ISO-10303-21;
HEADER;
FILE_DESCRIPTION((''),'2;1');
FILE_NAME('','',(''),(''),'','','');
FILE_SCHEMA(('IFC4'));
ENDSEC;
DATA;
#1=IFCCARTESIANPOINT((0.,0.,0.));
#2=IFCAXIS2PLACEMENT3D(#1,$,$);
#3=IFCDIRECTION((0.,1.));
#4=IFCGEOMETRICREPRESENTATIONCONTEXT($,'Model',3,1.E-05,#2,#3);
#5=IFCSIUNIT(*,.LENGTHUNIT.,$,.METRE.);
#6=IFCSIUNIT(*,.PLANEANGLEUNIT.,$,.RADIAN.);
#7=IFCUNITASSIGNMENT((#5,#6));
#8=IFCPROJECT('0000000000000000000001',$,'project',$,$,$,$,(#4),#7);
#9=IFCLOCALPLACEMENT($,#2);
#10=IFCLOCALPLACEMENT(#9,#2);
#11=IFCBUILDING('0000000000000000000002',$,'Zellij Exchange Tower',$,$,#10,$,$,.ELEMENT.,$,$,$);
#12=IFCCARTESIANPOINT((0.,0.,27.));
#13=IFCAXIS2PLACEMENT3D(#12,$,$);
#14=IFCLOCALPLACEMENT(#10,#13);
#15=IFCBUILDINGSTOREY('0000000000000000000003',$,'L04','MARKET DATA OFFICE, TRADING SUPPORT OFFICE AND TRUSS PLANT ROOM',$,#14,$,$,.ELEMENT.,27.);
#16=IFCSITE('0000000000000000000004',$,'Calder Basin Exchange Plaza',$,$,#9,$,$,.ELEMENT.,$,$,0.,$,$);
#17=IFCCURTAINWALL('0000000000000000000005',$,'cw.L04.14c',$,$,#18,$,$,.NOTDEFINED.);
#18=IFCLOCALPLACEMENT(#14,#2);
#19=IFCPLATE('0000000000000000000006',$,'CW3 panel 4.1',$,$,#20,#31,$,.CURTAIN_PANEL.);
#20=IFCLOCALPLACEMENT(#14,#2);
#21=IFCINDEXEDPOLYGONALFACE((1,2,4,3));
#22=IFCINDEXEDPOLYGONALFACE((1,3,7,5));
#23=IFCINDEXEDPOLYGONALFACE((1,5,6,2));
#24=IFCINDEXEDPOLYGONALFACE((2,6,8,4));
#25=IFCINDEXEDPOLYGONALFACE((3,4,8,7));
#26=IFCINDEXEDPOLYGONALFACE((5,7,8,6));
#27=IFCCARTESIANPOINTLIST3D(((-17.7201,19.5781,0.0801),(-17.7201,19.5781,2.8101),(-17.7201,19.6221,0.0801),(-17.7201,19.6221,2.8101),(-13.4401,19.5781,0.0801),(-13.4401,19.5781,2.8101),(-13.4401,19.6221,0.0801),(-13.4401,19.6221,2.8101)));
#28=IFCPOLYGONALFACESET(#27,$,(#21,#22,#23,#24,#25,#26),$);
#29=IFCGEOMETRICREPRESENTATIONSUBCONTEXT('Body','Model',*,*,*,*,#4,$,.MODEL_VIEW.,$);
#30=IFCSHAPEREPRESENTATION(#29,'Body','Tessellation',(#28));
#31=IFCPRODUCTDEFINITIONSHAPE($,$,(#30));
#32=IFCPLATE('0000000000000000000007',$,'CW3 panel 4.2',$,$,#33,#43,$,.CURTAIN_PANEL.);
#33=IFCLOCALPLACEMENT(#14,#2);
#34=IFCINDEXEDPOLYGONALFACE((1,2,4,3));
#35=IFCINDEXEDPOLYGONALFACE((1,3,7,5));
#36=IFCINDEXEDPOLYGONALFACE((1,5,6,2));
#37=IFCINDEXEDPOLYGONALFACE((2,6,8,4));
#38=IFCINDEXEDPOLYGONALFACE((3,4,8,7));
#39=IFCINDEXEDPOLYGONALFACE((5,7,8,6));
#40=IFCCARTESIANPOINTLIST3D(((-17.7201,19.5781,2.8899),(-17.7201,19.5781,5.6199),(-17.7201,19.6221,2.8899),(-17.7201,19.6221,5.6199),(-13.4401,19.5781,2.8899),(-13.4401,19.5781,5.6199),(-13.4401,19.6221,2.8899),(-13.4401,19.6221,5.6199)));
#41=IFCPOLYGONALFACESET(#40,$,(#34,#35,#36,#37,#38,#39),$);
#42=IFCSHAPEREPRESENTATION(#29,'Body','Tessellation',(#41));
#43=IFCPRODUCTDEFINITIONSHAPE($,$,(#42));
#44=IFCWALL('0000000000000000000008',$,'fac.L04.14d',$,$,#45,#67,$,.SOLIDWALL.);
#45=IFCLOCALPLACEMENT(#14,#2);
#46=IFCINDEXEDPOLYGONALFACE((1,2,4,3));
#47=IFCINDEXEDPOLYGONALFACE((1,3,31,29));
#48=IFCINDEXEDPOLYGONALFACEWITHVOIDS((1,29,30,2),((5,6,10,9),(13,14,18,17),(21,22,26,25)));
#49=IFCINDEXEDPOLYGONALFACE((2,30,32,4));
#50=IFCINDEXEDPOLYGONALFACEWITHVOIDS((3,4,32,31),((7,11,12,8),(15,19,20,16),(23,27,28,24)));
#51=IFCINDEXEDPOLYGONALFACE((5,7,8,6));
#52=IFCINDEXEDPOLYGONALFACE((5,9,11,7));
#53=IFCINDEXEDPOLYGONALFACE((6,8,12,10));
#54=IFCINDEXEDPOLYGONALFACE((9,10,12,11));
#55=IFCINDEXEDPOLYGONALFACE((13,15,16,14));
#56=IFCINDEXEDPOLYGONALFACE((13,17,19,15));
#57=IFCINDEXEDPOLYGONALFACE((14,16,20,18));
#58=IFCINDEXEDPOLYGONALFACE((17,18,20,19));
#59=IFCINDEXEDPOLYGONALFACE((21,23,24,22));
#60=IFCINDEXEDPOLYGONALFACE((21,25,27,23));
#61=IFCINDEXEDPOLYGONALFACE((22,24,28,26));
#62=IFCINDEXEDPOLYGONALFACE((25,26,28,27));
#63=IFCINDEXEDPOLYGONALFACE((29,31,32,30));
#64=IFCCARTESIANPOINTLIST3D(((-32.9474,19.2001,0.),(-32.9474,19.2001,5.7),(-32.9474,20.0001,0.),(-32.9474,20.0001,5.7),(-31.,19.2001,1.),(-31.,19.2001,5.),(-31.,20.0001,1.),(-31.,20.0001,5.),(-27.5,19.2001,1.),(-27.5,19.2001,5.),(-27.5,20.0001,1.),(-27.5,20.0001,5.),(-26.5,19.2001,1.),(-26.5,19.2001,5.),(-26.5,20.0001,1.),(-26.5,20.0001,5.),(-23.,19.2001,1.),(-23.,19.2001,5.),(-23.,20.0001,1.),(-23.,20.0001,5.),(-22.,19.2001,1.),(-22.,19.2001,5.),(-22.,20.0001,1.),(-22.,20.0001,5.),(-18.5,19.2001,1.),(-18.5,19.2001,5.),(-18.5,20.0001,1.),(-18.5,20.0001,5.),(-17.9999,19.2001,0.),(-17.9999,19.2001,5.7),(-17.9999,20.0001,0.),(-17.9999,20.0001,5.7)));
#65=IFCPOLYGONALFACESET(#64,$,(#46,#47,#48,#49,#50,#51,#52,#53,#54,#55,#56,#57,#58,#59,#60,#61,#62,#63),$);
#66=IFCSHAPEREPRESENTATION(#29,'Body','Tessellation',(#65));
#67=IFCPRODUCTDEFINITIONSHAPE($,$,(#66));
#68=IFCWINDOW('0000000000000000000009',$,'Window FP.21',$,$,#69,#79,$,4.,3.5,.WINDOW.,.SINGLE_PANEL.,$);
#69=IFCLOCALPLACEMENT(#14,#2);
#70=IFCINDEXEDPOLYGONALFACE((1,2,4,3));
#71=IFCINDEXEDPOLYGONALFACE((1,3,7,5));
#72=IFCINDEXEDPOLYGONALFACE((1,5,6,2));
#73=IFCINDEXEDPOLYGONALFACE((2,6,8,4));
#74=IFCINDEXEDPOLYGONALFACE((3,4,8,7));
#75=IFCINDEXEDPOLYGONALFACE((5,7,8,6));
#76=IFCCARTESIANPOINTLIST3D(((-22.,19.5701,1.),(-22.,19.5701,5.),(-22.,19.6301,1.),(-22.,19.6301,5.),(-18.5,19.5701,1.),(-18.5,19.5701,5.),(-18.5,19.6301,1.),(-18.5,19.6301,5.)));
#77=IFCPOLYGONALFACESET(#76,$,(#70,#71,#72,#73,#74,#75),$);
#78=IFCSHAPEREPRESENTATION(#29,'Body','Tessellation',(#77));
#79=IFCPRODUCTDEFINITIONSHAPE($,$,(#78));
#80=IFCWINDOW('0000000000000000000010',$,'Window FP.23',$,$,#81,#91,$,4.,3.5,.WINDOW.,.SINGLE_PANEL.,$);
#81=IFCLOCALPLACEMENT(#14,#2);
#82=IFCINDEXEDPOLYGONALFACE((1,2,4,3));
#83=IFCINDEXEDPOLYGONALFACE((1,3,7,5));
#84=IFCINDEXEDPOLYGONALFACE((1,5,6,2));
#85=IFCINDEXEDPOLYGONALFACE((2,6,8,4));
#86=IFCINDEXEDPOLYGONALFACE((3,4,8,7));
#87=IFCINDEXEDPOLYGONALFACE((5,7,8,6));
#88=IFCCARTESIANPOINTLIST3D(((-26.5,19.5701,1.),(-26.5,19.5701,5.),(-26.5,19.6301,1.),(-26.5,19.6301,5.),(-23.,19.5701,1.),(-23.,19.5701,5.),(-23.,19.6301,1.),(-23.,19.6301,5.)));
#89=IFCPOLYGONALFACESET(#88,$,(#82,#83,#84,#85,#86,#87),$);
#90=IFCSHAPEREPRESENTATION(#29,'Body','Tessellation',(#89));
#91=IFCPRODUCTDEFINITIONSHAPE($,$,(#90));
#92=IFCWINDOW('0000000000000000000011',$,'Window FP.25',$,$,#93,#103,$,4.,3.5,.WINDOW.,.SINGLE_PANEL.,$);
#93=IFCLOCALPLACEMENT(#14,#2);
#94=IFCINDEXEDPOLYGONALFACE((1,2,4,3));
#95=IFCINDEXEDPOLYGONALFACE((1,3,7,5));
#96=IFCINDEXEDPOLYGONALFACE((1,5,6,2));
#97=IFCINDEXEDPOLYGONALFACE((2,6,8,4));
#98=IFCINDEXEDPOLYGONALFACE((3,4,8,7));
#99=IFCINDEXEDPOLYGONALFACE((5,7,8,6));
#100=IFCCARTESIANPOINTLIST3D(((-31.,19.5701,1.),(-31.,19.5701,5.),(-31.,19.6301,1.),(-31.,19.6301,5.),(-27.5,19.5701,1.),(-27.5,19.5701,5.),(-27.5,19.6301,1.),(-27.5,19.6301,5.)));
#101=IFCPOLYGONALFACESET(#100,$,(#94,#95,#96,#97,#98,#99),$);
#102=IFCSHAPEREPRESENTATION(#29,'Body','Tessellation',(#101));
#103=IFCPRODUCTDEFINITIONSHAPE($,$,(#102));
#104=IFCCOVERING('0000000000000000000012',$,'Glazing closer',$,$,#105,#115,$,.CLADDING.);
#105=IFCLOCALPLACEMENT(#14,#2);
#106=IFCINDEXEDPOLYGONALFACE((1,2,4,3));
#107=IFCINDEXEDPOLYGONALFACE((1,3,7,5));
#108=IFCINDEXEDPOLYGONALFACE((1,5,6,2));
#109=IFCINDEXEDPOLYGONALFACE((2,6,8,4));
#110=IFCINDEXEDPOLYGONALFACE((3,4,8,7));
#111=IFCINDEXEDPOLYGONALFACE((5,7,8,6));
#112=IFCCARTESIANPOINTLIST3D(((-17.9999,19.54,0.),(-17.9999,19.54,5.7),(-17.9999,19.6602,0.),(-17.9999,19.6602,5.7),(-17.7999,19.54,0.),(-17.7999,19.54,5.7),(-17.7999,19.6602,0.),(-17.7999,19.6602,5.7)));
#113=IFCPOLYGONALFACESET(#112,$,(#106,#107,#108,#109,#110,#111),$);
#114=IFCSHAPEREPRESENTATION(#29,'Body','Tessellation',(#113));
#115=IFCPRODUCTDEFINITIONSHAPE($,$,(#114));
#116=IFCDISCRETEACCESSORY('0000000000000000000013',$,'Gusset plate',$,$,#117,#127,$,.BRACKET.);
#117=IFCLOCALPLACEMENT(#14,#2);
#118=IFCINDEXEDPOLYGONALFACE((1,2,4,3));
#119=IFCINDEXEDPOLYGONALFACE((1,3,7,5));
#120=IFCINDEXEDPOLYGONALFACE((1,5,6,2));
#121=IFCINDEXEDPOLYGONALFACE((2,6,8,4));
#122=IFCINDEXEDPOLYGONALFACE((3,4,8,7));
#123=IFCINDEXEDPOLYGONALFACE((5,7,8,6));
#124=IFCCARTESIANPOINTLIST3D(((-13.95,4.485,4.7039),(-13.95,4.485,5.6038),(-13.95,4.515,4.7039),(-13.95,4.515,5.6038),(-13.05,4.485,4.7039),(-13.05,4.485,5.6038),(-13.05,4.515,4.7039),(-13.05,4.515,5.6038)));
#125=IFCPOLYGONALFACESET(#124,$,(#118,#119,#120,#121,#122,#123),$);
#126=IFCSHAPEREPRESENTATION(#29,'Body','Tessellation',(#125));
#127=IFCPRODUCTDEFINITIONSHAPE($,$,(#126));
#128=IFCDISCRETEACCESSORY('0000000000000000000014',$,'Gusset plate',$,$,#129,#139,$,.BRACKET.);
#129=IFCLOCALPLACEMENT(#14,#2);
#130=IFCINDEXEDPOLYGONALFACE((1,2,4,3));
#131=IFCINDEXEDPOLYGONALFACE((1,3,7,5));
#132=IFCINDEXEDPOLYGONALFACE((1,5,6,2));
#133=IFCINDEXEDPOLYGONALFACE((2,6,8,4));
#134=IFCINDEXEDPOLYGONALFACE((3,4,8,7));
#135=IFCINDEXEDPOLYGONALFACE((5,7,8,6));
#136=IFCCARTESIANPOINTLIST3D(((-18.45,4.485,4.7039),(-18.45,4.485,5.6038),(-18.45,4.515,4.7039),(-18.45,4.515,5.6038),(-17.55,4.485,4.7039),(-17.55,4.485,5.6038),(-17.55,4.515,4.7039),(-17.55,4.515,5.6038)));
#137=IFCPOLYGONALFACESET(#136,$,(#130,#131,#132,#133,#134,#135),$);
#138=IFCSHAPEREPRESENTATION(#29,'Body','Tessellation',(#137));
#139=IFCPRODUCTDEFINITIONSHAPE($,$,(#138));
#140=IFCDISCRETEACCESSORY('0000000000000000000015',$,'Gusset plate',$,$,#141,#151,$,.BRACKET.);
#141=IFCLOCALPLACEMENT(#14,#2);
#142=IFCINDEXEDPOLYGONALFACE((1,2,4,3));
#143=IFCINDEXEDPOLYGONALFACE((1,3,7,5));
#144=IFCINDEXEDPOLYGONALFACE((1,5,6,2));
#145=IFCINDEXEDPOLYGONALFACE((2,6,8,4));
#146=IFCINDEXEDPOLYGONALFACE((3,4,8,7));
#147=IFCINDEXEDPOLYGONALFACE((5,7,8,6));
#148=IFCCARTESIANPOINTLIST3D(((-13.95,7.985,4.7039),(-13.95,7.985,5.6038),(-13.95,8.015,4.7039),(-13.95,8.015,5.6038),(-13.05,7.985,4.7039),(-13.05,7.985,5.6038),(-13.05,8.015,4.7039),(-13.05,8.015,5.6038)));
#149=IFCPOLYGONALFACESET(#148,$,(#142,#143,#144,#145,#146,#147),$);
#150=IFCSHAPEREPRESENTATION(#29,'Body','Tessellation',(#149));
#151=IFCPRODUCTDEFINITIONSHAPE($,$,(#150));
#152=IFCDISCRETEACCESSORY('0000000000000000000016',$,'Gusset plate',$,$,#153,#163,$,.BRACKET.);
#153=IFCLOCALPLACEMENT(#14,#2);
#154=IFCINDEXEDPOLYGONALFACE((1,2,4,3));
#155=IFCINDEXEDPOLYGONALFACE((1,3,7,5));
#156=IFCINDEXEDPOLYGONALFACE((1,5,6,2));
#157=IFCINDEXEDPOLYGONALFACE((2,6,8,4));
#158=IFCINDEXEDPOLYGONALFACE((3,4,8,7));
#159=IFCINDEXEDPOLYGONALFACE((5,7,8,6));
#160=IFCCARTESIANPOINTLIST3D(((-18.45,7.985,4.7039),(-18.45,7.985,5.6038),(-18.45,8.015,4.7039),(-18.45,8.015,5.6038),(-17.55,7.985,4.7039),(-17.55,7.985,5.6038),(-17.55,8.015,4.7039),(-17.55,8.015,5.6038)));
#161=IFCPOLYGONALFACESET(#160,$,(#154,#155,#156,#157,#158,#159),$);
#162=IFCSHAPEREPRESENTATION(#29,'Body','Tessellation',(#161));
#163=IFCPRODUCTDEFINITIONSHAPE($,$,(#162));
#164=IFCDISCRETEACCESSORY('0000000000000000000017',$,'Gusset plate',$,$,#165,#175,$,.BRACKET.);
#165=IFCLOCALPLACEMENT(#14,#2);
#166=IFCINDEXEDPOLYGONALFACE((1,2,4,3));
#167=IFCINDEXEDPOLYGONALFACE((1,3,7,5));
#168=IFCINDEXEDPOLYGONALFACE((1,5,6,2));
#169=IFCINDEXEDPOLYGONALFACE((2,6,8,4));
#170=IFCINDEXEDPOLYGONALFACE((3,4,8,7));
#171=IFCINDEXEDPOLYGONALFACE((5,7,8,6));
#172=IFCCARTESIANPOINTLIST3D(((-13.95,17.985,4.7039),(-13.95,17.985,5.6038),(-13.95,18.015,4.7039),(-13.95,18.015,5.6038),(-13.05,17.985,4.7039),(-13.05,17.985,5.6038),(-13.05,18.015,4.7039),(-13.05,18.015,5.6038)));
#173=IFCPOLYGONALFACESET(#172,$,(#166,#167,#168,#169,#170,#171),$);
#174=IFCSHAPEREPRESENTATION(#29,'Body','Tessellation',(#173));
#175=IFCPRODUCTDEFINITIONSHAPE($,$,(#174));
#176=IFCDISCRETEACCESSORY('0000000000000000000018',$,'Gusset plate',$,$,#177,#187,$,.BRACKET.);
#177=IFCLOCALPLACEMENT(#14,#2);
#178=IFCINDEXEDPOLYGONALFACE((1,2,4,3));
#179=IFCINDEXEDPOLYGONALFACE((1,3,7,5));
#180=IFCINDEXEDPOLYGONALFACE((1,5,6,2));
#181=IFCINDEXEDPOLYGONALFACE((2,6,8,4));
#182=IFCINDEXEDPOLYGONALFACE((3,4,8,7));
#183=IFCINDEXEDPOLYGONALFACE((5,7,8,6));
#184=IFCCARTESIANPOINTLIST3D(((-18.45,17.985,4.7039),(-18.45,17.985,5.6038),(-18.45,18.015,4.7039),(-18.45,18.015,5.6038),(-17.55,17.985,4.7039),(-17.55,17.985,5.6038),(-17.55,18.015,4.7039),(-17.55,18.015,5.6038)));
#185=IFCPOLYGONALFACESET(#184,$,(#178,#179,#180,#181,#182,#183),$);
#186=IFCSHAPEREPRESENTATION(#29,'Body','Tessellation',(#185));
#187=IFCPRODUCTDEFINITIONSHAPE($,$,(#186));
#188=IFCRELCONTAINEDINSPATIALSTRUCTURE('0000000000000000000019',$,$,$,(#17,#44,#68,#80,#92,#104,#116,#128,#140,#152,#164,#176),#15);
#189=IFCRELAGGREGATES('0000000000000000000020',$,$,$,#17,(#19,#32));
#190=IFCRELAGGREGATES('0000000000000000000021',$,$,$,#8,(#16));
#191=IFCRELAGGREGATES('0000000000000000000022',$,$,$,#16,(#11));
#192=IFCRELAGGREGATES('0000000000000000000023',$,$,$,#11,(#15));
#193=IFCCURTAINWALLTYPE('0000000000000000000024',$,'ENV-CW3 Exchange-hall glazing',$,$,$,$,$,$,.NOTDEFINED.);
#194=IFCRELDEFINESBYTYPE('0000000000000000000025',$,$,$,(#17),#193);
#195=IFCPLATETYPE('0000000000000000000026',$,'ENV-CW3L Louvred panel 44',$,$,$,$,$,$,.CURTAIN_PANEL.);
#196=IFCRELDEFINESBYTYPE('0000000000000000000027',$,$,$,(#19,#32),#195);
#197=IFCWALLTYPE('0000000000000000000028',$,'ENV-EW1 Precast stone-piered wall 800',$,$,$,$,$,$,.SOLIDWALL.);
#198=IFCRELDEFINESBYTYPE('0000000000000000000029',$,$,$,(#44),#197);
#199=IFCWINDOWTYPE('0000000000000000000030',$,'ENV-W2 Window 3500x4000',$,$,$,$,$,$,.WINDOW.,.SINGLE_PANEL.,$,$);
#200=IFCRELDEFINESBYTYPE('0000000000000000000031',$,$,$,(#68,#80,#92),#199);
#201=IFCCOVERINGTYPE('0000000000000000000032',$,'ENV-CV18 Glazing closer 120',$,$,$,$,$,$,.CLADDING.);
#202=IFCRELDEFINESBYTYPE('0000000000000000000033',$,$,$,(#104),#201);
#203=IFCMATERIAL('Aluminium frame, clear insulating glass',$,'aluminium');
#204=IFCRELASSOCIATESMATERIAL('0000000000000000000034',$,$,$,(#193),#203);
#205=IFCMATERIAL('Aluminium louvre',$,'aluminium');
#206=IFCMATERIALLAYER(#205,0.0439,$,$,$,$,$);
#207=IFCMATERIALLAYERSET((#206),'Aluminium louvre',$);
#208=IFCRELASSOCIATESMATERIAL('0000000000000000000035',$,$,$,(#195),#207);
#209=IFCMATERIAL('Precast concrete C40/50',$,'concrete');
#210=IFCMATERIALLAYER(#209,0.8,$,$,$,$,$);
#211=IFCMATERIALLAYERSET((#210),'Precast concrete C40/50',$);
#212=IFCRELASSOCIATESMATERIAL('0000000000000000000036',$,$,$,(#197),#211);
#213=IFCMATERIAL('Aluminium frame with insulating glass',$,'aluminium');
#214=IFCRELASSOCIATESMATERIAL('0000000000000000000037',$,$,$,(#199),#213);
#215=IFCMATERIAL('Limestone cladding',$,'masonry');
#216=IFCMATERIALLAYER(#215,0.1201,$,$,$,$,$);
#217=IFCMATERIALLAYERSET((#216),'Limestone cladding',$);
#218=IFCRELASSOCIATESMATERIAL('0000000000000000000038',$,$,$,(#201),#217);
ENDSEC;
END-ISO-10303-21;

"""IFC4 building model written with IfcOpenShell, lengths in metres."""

from ifc_helpers import new_model, si_unit, direction, frame, frame_2d, origin, origin_2d, place, context, subcontext, project, spatial, rectangle, extrude, material, layer, layer_set, type_object, element, fill, aggregate, save


model = new_model("IFC4")

# Units and contexts
model_context = context("Model", 3, precision=1e-05, world=origin(), true_north=direction((0.0, 1.0)))
body_context = subcontext(model_context, "Body", "Model", "MODEL_VIEW")
ifc_project = project(units=[si_unit("LENGTHUNIT", "METRE"), si_unit("PLANEANGLEUNIT", "RADIAN")], contexts=[model_context])

# Site, building, storey
site_placement = place(None, origin())
site = spatial("IfcSite", under=ifc_project, at=site_placement, Name="Calder Basin Exchange Plaza", CompositionType="ELEMENT", RefElevation=0.0)
building_placement = place(site_placement, origin())
building = spatial("IfcBuilding", under=site, at=building_placement, Name="Zellij Exchange Tower", CompositionType="ELEMENT")
storey_placement = place(building_placement, frame((0.0, 0.0, 27.0)))
storey = spatial("IfcBuildingStorey", under=building, at=storey_placement, Name="L04", Description="MARKET DATA OFFICE, TRADING SUPPORT OFFICE AND TRUSS PLANT ROOM", CompositionType="ELEMENT", Elevation=27.0)

# Curtain wall
ifc_material_1 = material(Name="Aluminium frame, clear insulating glass", Category="aluminium")
curtain_wall_type = type_object("IfcCurtainWallType", Name="ENV-CW3 Exchange-hall glazing", PredefinedType="NOTDEFINED", material=ifc_material_1)
curtain_wall_placement = place(storey_placement, origin())
curtain_wall = element("IfcCurtainWall", 1, at=curtain_wall_placement, inside=storey, type_object=curtain_wall_type, Name="cw.L04.14c", PredefinedType="NOTDEFINED")

# Plates
ifc_material_2 = material(Name="Aluminium louvre", Category="aluminium")
ifc_layer_1 = layer(ifc_material_2, 0.0439)
ifc_layer_set_1 = layer_set([ifc_layer_1], Name="Aluminium louvre")
plate_type = type_object("IfcPlateType", Name="ENV-CW3L Louvred panel 44", PredefinedType="CURTAIN_PANEL", material=ifc_layer_set_1)
plate_1_placement = place(storey_placement, frame((-15.5801, 19.6001, 0.0801), z_axis=(0.0, 0.0, 1.0), x_axis=(-1.0, 0.0, 0.0)))
plate_1 = element("IfcPlate", 2, at=plate_1_placement, type_object=plate_type, Name="CW3 panel 4.1", PredefinedType="CURTAIN_PANEL", context=body_context, shape_type="SweptSolid", body=[
    extrude(rectangle(XDim=4.28, YDim=0.0439, at=origin_2d()), origin(), (0.0, 0.0, 1.0), 2.73),
])
plate_2_placement = place(storey_placement, frame((-15.5801, 19.6001, 2.8899), z_axis=(0.0, 0.0, 1.0), x_axis=(-1.0, 0.0, 0.0)))
plate_2 = element("IfcPlate", 3, at=plate_2_placement, type_object=plate_type, Name="CW3 panel 4.2", PredefinedType="CURTAIN_PANEL", context=body_context, shape_type="SweptSolid", body=[
    extrude(rectangle(XDim=4.28, YDim=0.0439, at=origin_2d()), origin(), (0.0, 0.0, 1.0), 2.73),
])
aggregate(curtain_wall, [plate_1, plate_2])

# Wall, openings, windows
ifc_material_3 = material(Name="Precast concrete C40/50", Category="concrete")
ifc_layer_2 = layer(ifc_material_3, 0.8)
ifc_layer_set_2 = layer_set([ifc_layer_2], Name="Precast concrete C40/50")
wall_type = type_object("IfcWallType", Name="ENV-EW1 Precast stone-piered wall 800", PredefinedType="SOLIDWALL", material=ifc_layer_set_2)
wall_placement = place(storey_placement, frame((-18.0, 19.6001, 0.0), z_axis=(0.0, 0.0, 1.0), x_axis=(-1.0, 0.0, 0.0)))
wall = element("IfcWall", 4, at=wall_placement, inside=storey, type_object=wall_type, Name="fac.L04.14d", PredefinedType="SOLIDWALL", context=body_context, shape_type="SweptSolid", body=[
    extrude(rectangle(XDim=14.9475, YDim=0.8, at=frame_2d((7.4736, 0.0))), origin(), (0.0, 0.0, 1.0), 5.7),
])
opening_1_placement = place(wall_placement, frame((0.5, 0.0, 1.0)))
opening_1 = element("IfcOpeningElement", 5, at=opening_1_placement, cuts=wall, PredefinedType="OPENING", context=body_context, shape_type="SweptSolid", body=[
    extrude(rectangle(XDim=3.5, YDim=4.0, at=frame_2d((1.75, 2.0))), frame((0.0, 0.4121, 0.0), z_axis=(0.0, -1.0, 0.0), x_axis=(1.0, 0.0, 0.0)), (0.0, 0.0, 1.0), 0.824),
])
opening_2_placement = place(wall_placement, frame((5.0, 0.0, 1.0)))
opening_2 = element("IfcOpeningElement", 6, at=opening_2_placement, cuts=wall, PredefinedType="OPENING", context=body_context, shape_type="SweptSolid", body=[
    extrude(rectangle(XDim=3.5, YDim=4.0, at=frame_2d((1.75, 2.0))), frame((0.0, 0.4121, 0.0), z_axis=(0.0, -1.0, 0.0), x_axis=(1.0, 0.0, 0.0)), (0.0, 0.0, 1.0), 0.824),
])
opening_3_placement = place(wall_placement, frame((9.5, 0.0, 1.0)))
opening_3 = element("IfcOpeningElement", 7, at=opening_3_placement, cuts=wall, PredefinedType="OPENING", context=body_context, shape_type="SweptSolid", body=[
    extrude(rectangle(XDim=3.5, YDim=4.0, at=frame_2d((1.75, 2.0))), frame((0.0, 0.4121, 0.0), z_axis=(0.0, -1.0, 0.0), x_axis=(1.0, 0.0, 0.0)), (0.0, 0.0, 1.0), 0.824),
])
ifc_material_4 = material(Name="Aluminium frame with insulating glass", Category="aluminium")
window_type = type_object("IfcWindowType", Name="ENV-W2 Window 3500x4000", PartitioningType="SINGLE_PANEL", PredefinedType="WINDOW", material=ifc_material_4)
window_1_placement = place(opening_1_placement, origin())
window_1 = element("IfcWindow", 8, at=window_1_placement, inside=storey, type_object=window_type, Name="Window FP.21", OverallHeight=4.0, OverallWidth=3.5, PartitioningType="SINGLE_PANEL", PredefinedType="WINDOW", context=body_context, shape_type="SweptSolid", body=[
    extrude(rectangle(XDim=3.5, YDim=4.0, at=frame_2d((1.75, 2.0))), frame((0.0, 0.03, 0.0), z_axis=(0.0, -1.0, 0.0), x_axis=(1.0, 0.0, 0.0)), (0.0, 0.0, 1.0), 0.0601),
])
fill(opening_1, window_1)
window_2_placement = place(opening_2_placement, origin())
window_2 = element("IfcWindow", 9, at=window_2_placement, inside=storey, type_object=window_type, Name="Window FP.23", OverallHeight=4.0, OverallWidth=3.5, PartitioningType="SINGLE_PANEL", PredefinedType="WINDOW", context=body_context, shape_type="SweptSolid", body=[
    extrude(rectangle(XDim=3.5, YDim=4.0, at=frame_2d((1.75, 2.0))), frame((0.0, 0.03, 0.0), z_axis=(0.0, -1.0, 0.0), x_axis=(1.0, 0.0, 0.0)), (0.0, 0.0, 1.0), 0.0601),
])
fill(opening_2, window_2)
window_3_placement = place(opening_3_placement, origin())
window_3 = element("IfcWindow", 10, at=window_3_placement, inside=storey, type_object=window_type, Name="Window FP.25", OverallHeight=4.0, OverallWidth=3.5, PartitioningType="SINGLE_PANEL", PredefinedType="WINDOW", context=body_context, shape_type="SweptSolid", body=[
    extrude(rectangle(XDim=3.5, YDim=4.0, at=frame_2d((1.75, 2.0))), frame((0.0, 0.03, 0.0), z_axis=(0.0, -1.0, 0.0), x_axis=(1.0, 0.0, 0.0)), (0.0, 0.0, 1.0), 0.0601),
])
fill(opening_3, window_3)

# Covering
ifc_material_5 = material(Name="Limestone cladding", Category="masonry")
ifc_layer_3 = layer(ifc_material_5, 0.1201)
ifc_layer_set_3 = layer_set([ifc_layer_3], Name="Limestone cladding")
covering_type = type_object("IfcCoveringType", Name="ENV-CV18 Glazing closer 120", PredefinedType="CLADDING", material=ifc_layer_set_3)
covering_placement = place(storey_placement, frame((-17.8999, 19.6001, 0.0), z_axis=(0.0, 0.0, 1.0), x_axis=(-1.0, 0.0, 0.0)))
element("IfcCovering", 11, at=covering_placement, inside=storey, type_object=covering_type, Name="Glazing closer", PredefinedType="CLADDING", context=body_context, shape_type="SweptSolid", body=[
    extrude(rectangle(XDim=0.2, YDim=0.1201, at=origin_2d()), origin(), (0.0, 0.0, 1.0), 5.7),
])

# Discrete accessories
for number, where, z_axis, x_axis, name in (
    (12, (-13.5, 4.5, 4.7039), (0.0, 0.0, 1.0), (1.0, 0.0, 0.0), "Gusset plate"),
    (13, (-18.0, 4.5, 4.7039), (0.0, 0.0, 1.0), (1.0, 0.0, 0.0), "Gusset plate"),
    (14, (-13.5, 8.0, 4.7039), (0.0, 0.0, 1.0), (1.0, 0.0, 0.0), "Gusset plate"),
    (15, (-18.0, 8.0, 4.7039), (0.0, 0.0, 1.0), (1.0, 0.0, 0.0), "Gusset plate"),
    (16, (-13.5, 18.0, 4.7039), (0.0, 0.0, 1.0), (1.0, 0.0, 0.0), "Gusset plate"),
    (17, (-18.0, 18.0, 4.7039), (0.0, 0.0, 1.0), (1.0, 0.0, 0.0), "Gusset plate"),
):
    element("IfcDiscreteAccessory", number, at=place(storey_placement, frame(where, z_axis=z_axis, x_axis=x_axis)), inside=storey, Name=name, PredefinedType="BRACKET", context=body_context, shape_type="SweptSolid", body=[
        extrude(rectangle(XDim=0.8999, YDim=0.03, at=origin_2d()), origin(), (0.0, 0.0, 1.0), 0.8999),
    ])

save(model, "model.ifc")
